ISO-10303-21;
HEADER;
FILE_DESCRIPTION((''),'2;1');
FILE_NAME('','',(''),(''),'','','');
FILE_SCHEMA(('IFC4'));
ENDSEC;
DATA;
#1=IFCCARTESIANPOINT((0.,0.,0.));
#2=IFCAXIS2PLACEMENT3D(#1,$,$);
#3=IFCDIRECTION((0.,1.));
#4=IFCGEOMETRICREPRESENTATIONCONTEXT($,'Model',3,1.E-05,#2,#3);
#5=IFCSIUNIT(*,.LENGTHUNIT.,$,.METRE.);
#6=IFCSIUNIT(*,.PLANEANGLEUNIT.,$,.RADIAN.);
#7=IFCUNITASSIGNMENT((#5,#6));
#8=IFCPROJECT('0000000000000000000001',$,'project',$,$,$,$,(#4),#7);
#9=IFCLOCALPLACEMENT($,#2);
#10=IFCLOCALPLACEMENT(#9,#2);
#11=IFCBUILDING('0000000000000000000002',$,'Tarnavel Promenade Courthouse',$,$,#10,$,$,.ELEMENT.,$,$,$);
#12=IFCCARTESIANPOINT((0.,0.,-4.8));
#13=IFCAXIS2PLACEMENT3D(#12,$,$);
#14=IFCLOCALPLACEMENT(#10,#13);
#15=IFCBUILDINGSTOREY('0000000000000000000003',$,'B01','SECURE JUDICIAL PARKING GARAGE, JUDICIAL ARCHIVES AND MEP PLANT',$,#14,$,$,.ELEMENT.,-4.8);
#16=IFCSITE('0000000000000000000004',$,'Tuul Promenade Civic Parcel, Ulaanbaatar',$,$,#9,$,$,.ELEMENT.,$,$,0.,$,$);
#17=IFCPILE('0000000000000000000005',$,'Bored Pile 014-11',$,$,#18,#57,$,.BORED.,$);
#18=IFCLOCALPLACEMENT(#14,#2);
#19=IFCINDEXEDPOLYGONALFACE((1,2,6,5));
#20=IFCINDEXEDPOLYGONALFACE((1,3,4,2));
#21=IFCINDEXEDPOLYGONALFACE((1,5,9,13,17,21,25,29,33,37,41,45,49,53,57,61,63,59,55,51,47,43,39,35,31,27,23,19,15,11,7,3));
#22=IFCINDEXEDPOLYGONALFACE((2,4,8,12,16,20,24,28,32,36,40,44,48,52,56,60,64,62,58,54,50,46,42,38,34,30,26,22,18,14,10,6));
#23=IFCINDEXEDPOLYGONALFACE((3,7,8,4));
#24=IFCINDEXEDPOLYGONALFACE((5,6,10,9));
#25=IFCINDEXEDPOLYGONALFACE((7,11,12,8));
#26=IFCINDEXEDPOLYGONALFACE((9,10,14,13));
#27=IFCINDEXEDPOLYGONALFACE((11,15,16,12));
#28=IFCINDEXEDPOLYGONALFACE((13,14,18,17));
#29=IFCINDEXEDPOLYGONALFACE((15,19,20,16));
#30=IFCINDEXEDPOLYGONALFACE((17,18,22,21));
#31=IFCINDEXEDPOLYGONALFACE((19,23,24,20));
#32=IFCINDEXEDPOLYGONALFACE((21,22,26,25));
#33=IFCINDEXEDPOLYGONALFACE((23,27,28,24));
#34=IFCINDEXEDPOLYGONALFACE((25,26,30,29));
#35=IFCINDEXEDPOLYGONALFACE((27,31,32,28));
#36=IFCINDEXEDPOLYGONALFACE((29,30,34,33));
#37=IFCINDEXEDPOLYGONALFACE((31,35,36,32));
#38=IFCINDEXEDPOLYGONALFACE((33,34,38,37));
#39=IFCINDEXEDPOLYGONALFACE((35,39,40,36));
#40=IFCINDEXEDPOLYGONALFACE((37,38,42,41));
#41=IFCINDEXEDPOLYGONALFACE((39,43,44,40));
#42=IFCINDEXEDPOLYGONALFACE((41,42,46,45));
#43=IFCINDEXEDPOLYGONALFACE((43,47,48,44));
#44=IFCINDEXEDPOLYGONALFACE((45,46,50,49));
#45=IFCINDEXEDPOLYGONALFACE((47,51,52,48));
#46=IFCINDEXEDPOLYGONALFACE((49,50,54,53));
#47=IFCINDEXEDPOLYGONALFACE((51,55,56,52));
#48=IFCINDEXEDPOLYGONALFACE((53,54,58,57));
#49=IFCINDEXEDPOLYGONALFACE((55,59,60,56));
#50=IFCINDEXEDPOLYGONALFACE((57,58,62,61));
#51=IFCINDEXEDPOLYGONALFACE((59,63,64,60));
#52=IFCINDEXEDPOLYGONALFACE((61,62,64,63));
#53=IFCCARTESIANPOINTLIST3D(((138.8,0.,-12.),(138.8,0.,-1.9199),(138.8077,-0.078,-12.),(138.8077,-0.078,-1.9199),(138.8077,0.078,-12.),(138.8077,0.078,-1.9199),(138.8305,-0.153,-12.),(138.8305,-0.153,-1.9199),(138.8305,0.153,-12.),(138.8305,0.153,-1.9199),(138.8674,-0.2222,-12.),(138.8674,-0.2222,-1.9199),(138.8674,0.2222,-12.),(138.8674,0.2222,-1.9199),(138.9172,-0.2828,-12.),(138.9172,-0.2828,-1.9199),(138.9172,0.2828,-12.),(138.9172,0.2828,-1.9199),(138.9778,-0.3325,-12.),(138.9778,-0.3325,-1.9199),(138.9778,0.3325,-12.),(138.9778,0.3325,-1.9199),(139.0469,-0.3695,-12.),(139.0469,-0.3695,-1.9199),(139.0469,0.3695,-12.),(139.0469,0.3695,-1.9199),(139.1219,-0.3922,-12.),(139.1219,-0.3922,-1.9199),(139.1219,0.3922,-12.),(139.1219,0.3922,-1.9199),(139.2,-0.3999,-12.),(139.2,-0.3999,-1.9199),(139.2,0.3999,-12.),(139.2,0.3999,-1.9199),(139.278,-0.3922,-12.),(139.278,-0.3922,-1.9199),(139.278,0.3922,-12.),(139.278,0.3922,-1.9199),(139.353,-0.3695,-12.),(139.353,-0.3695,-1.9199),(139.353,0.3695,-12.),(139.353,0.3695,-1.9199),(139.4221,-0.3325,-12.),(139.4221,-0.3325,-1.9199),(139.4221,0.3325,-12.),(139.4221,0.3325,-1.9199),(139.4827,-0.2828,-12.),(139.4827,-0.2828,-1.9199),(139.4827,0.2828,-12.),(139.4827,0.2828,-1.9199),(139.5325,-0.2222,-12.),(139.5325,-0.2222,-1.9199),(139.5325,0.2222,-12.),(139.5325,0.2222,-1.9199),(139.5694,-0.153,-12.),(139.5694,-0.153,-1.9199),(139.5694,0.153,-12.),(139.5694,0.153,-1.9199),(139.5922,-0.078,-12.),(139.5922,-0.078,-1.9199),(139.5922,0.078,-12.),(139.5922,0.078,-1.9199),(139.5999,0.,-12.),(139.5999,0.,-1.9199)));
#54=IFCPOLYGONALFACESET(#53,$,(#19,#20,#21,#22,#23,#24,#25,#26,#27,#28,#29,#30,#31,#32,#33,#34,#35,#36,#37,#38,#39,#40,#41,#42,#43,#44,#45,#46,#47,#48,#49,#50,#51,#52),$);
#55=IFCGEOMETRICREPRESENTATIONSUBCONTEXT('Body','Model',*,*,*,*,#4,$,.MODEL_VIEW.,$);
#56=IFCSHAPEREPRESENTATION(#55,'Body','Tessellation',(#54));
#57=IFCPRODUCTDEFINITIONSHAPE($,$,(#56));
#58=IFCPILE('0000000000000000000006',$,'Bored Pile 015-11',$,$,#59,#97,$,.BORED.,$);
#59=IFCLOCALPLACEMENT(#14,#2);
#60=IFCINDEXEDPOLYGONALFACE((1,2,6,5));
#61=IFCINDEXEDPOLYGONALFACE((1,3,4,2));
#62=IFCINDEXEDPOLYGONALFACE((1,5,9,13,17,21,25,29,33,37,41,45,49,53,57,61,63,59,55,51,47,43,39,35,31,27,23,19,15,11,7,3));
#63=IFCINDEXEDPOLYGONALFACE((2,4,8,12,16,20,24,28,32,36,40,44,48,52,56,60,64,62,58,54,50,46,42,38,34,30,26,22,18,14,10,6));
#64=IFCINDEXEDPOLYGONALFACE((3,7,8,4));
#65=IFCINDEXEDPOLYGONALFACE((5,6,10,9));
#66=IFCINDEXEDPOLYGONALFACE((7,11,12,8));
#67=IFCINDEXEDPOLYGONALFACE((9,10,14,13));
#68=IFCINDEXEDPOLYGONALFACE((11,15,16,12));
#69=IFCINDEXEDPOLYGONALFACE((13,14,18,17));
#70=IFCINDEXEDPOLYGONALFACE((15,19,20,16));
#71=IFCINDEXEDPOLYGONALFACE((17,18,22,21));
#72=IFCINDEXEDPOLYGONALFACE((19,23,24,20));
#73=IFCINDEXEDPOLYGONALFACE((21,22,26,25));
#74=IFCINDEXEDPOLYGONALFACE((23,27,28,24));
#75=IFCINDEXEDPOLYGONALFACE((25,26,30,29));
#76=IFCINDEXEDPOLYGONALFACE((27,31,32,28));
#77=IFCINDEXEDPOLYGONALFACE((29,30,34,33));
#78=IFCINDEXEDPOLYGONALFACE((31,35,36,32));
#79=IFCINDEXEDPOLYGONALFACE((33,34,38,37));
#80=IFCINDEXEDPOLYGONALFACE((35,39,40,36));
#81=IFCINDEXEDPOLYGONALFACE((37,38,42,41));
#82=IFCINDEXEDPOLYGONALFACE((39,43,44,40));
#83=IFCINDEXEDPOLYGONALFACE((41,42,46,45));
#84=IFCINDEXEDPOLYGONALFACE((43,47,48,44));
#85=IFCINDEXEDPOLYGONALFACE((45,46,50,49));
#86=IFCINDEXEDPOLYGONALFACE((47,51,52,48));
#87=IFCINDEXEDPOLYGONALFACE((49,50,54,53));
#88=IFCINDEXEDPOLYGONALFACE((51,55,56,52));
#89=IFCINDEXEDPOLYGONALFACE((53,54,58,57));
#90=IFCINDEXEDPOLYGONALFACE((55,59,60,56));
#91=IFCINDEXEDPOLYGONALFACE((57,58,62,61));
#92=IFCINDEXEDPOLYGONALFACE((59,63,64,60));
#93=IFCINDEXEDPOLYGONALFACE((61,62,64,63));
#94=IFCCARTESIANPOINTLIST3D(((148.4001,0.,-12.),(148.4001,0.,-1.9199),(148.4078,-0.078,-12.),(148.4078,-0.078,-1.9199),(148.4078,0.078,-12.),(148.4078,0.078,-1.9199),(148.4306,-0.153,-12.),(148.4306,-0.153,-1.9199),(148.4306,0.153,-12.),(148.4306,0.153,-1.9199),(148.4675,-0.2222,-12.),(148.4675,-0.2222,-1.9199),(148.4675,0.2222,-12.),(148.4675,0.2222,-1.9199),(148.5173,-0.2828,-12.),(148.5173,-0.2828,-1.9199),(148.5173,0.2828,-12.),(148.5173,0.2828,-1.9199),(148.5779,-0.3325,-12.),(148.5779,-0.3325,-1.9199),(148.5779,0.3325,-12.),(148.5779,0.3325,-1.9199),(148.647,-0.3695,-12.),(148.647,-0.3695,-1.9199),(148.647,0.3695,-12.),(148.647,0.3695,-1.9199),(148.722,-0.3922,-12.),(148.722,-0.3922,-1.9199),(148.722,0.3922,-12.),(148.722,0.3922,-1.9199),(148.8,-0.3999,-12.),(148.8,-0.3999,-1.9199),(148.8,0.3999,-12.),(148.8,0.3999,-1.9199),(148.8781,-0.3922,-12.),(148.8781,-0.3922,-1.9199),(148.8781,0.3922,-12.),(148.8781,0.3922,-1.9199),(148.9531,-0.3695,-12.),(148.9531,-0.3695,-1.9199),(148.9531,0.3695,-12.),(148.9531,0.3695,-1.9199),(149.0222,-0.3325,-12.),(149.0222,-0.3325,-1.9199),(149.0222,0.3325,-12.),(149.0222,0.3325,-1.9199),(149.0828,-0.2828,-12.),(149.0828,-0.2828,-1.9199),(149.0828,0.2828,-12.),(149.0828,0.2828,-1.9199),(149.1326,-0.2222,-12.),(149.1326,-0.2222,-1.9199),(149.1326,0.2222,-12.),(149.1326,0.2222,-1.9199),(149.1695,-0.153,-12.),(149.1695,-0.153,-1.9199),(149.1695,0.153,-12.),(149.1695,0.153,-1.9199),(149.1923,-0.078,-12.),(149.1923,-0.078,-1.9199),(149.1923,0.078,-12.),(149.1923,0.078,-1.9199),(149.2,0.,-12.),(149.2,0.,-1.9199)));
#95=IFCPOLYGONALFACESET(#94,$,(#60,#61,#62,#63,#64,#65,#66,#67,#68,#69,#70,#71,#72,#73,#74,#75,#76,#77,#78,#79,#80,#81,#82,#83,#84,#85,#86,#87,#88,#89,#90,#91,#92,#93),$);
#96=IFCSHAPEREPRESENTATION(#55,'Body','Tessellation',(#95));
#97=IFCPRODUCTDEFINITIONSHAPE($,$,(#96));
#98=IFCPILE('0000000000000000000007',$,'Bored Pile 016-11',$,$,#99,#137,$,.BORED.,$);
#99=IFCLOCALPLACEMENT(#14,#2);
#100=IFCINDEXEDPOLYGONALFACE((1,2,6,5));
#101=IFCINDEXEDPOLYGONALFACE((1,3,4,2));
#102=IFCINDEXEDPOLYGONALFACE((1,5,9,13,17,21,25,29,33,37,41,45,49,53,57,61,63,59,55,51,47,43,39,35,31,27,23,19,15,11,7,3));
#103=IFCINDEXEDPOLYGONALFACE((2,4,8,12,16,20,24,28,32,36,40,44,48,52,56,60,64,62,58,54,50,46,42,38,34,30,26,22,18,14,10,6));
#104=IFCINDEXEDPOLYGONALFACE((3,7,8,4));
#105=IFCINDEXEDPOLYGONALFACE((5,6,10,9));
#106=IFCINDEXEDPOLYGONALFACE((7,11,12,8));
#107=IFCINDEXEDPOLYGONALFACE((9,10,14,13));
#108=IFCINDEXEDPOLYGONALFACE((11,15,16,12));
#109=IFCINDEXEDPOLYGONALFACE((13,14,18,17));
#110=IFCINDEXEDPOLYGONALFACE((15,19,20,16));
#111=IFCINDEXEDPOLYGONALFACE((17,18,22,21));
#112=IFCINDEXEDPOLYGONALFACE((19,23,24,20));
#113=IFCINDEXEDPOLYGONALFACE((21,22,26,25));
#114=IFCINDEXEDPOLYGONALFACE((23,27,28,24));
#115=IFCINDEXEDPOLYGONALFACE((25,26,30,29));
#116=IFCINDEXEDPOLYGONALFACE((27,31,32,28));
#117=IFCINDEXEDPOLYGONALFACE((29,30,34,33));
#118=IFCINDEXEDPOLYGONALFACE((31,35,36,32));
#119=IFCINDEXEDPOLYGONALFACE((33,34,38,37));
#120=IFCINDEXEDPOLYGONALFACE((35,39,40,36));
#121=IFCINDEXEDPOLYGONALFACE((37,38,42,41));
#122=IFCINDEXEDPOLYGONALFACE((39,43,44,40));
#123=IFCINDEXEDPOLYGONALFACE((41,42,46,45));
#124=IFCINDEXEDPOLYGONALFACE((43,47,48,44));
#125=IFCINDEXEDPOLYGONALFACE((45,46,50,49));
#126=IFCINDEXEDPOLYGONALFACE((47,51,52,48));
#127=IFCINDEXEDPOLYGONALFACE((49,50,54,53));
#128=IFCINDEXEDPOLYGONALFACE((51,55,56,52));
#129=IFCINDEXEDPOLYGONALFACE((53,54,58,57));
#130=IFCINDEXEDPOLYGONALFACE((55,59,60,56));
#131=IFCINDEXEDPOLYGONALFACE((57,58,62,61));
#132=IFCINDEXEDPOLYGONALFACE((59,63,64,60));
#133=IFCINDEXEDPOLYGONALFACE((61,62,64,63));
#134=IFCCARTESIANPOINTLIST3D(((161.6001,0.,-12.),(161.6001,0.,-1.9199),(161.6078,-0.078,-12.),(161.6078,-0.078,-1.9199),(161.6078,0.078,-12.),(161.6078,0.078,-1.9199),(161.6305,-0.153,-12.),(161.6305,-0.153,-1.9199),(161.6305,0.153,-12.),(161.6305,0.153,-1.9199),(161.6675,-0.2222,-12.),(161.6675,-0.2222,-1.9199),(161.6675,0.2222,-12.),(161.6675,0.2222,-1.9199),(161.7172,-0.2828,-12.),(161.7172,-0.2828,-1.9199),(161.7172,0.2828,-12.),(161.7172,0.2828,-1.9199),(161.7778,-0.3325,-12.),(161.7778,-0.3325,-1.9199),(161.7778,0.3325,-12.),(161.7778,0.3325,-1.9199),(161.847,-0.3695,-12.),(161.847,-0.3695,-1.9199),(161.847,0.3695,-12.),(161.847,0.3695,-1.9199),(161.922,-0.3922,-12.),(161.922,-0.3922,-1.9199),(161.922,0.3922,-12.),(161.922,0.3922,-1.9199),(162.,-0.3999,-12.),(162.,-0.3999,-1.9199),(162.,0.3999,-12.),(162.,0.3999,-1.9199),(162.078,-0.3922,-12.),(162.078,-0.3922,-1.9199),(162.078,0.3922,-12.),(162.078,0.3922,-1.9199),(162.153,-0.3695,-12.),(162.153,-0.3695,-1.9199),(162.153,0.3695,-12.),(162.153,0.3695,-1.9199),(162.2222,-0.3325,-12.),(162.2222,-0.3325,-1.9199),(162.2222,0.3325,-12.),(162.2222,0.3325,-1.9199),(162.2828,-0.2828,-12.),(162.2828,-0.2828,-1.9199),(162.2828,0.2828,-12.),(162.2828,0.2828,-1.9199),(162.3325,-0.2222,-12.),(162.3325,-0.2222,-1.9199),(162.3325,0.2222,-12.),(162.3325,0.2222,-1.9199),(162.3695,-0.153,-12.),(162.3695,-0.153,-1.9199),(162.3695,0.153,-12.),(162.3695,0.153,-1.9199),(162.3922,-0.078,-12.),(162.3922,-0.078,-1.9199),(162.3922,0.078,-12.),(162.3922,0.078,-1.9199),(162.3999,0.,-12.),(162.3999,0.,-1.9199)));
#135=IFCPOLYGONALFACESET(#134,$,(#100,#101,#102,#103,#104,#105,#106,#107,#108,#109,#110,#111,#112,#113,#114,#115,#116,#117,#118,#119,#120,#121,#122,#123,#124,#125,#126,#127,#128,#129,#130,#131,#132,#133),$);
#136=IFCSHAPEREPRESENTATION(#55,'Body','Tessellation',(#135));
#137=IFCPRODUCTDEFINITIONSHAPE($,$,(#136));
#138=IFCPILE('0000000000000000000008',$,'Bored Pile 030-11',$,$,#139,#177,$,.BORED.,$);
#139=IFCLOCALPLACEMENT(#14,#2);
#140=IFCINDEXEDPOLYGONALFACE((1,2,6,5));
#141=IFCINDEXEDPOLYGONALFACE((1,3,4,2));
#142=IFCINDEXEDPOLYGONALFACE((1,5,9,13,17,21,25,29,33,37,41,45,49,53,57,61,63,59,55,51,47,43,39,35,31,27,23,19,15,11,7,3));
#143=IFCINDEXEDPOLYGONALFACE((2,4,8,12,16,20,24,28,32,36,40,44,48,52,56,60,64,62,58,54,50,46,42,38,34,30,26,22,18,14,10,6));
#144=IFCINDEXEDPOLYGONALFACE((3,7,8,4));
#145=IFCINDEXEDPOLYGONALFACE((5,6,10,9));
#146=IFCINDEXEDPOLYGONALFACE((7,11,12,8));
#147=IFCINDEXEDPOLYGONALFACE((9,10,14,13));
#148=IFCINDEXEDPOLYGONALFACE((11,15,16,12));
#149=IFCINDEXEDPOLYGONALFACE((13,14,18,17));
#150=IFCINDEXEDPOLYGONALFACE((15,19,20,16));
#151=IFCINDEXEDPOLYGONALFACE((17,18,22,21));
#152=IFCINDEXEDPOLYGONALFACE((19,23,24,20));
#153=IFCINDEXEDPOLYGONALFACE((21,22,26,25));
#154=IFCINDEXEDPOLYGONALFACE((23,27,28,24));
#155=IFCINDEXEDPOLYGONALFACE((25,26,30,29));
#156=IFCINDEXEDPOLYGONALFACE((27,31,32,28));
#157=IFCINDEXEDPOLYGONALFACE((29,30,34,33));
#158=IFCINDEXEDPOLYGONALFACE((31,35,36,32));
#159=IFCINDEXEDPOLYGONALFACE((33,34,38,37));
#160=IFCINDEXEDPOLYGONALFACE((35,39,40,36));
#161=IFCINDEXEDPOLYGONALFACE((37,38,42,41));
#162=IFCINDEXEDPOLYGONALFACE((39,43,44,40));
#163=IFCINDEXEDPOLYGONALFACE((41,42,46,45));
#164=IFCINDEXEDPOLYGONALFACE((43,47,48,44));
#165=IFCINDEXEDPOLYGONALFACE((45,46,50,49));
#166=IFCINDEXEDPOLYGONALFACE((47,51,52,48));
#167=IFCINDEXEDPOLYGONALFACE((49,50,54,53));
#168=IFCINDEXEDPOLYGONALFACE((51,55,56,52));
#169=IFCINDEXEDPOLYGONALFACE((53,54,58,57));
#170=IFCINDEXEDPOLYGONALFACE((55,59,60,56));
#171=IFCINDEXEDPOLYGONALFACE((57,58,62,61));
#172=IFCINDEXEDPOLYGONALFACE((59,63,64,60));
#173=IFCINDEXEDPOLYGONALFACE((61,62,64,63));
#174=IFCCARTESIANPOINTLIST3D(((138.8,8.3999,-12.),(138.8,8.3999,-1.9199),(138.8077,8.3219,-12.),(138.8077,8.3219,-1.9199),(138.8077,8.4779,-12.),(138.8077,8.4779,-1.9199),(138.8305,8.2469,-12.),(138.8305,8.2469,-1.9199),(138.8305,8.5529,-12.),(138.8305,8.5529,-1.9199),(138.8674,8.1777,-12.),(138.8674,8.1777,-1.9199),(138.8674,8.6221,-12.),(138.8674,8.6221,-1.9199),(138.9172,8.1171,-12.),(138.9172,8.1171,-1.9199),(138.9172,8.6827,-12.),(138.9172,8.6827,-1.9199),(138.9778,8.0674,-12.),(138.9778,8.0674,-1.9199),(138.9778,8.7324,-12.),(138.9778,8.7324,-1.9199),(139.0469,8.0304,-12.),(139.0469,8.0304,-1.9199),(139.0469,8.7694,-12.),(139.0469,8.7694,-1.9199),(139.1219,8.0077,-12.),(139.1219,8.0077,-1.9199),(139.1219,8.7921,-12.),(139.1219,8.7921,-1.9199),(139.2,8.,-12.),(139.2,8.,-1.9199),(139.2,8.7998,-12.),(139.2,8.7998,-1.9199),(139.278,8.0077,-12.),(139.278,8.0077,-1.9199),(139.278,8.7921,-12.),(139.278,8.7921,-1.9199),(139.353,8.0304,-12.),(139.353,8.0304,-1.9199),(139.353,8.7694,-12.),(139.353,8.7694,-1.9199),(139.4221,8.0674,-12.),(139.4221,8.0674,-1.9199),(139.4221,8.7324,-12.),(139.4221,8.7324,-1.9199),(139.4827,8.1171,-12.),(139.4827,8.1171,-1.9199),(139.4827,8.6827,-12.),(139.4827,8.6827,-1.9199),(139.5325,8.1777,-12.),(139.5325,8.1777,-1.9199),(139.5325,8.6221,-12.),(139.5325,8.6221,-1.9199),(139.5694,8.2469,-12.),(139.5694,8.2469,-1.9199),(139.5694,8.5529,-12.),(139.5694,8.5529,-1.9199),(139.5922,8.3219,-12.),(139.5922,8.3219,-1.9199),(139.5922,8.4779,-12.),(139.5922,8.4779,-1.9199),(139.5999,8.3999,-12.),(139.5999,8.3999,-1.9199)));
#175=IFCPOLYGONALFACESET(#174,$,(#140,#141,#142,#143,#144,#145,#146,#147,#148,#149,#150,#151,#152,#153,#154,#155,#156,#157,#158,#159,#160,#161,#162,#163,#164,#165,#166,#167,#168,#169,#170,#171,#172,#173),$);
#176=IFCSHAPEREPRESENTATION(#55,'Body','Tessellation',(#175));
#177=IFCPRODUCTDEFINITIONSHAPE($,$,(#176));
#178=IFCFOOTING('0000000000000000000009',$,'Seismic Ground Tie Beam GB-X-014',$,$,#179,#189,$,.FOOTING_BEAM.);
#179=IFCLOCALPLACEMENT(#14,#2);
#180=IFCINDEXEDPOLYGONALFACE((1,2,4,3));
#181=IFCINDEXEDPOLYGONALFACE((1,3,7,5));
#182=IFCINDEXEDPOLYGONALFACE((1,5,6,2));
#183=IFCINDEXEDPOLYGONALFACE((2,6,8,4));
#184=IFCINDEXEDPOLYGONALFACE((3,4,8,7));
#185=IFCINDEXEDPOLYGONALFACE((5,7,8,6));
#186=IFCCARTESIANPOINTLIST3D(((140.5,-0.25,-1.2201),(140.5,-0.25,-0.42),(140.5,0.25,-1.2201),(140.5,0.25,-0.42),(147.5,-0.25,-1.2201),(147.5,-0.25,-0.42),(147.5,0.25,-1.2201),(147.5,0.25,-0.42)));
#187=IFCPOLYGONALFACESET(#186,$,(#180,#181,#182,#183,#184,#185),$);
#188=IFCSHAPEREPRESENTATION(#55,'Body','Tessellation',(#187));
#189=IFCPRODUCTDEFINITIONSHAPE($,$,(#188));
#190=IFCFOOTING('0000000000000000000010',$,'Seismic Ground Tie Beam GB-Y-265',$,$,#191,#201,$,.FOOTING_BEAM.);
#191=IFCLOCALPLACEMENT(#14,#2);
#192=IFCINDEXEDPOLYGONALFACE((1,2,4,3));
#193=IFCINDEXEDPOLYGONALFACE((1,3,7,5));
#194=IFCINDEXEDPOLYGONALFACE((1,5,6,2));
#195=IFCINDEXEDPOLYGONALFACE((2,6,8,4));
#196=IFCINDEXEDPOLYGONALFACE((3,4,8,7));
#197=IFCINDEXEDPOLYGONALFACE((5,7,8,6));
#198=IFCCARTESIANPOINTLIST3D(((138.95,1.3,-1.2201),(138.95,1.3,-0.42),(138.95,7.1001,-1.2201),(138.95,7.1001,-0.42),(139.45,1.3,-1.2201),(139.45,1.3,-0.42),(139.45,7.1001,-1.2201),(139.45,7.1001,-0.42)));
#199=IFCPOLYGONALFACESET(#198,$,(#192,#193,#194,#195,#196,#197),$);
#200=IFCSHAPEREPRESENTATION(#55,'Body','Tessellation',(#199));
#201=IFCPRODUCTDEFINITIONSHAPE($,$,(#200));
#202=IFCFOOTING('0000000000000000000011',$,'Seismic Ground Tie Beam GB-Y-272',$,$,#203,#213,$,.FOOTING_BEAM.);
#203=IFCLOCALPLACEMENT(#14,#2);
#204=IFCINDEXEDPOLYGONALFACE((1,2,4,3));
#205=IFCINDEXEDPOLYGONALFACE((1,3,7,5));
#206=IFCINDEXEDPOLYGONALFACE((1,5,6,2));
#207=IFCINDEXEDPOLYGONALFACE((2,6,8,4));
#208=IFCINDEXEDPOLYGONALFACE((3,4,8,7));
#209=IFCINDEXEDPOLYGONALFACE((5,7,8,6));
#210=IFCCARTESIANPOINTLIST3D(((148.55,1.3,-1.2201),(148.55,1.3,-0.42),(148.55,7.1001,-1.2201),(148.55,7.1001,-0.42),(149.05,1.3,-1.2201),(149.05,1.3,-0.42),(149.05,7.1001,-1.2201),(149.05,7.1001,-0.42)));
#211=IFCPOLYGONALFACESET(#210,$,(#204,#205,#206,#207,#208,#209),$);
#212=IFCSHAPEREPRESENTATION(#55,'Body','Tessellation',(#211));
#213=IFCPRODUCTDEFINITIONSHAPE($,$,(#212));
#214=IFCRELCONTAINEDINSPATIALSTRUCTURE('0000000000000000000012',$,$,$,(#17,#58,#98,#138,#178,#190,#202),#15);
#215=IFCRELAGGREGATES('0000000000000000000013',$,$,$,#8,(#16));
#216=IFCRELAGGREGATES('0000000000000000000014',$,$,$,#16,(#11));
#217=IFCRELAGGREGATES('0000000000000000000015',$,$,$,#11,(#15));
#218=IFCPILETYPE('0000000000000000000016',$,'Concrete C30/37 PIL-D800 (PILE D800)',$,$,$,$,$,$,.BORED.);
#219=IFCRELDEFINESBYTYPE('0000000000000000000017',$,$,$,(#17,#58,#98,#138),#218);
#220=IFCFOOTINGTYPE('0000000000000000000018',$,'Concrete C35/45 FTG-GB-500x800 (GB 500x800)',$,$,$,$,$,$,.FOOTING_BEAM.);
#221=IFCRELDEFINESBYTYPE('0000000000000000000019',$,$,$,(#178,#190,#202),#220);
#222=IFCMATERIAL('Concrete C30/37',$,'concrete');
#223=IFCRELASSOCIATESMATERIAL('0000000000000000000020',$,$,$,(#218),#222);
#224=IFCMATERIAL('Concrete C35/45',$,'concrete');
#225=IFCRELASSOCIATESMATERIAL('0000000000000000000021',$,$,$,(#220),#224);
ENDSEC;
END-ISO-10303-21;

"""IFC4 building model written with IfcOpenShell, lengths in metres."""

from ifc_helpers import new_model, si_unit, direction, frame, origin, origin_2d, place, context, subcontext, project, spatial, rectangle, circle, extrude, material, material_profile, profile_set, type_object, element, save


model = new_model("IFC4")

# Units and contexts
model_context = context("Model", 3, precision=1e-05, world=origin(), true_north=direction((0.0, 1.0)))
body_context = subcontext(model_context, "Body", "Model", "MODEL_VIEW")
ifc_project = project(units=[si_unit("LENGTHUNIT", "METRE"), si_unit("PLANEANGLEUNIT", "RADIAN")], contexts=[model_context])

# Site, building, storey
site_placement = place(None, origin())
site = spatial("IfcSite", under=ifc_project, at=site_placement, Name="Tuul Promenade Civic Parcel, Ulaanbaatar", CompositionType="ELEMENT", RefElevation=0.0)
building_placement = place(site_placement, origin())
building = spatial("IfcBuilding", under=site, at=building_placement, Name="Tarnavel Promenade Courthouse", CompositionType="ELEMENT")
storey_placement = place(building_placement, frame((0.0, 0.0, -4.8)))
storey = spatial("IfcBuildingStorey", under=building, at=storey_placement, Name="B01", Description="SECURE JUDICIAL PARKING GARAGE, JUDICIAL ARCHIVES AND MEP PLANT", CompositionType="ELEMENT", Elevation=-4.8)

# Piles
ifc_material_1 = material(Name="Concrete C30/37", Category="concrete")
ifc_material_profile_1 = material_profile(ifc_material_1, circle(Radius=0.3999, at=origin_2d()), Name="PILE D800")
ifc_profile_set_1 = profile_set([ifc_material_profile_1], Name="Concrete C30/37")
pile_type = type_object("IfcPileType", Name="Concrete C30/37 PIL-D800 (PILE D800)", PredefinedType="BORED", material=ifc_profile_set_1)
for number, where, z_axis, x_axis, name in (
    (1, (139.2, 0.0, -1.9199), (0.0, 0.0, -1.0), (1.0, 0.0, 0.0), "Bored Pile 014-11"),
    (2, (148.8, 0.0, -1.9199), (0.0, 0.0, -1.0), (1.0, 0.0, 0.0), "Bored Pile 015-11"),
    (3, (162.0, 0.0, -1.9199), (0.0, 0.0, -1.0), (1.0, 0.0, 0.0), "Bored Pile 016-11"),
    (4, (139.2, 8.3999, -1.9199), (0.0, 0.0, -1.0), (1.0, 0.0, 0.0), "Bored Pile 030-11"),
):
    element("IfcPile", number, at=place(storey_placement, frame(where, z_axis=z_axis, x_axis=x_axis)), inside=storey, type_object=pile_type, Name=name, PredefinedType="BORED", context=body_context, shape_type="SweptSolid", body=[
        extrude(circle(Radius=0.3999, at=origin_2d()), origin(), (0.0, 0.0, 1.0), 10.0801),
    ])

# Footings
ifc_material_2 = material(Name="Concrete C35/45", Category="concrete")
ifc_material_profile_2 = material_profile(ifc_material_2, rectangle(XDim=0.5, YDim=0.8, at=origin_2d()), Name="GB 500x800")
ifc_profile_set_2 = profile_set([ifc_material_profile_2], Name="Concrete C35/45")
footing_type_1 = type_object("IfcFootingType", Name="Concrete C35/45 FTG-GB-500x800 (GB 500x800)", PredefinedType="FOOTING_BEAM", material=ifc_profile_set_2)
footing_1_placement = place(storey_placement, frame((140.5, 0.0, -0.8201), z_axis=(1.0, 0.0, 0.0), x_axis=(0.0, 1.0, 0.0)))
element("IfcFooting", 5, at=footing_1_placement, inside=storey, type_object=footing_type_1, Name="Seismic Ground Tie Beam GB-X-014", PredefinedType="FOOTING_BEAM", context=body_context, shape_type="SweptSolid", body=[
    extrude(rectangle(XDim=0.5, YDim=0.8, at=origin_2d()), origin(), (0.0, 0.0, 1.0), 7.0),
])
for number, where, z_axis, x_axis, name in (
    (6, (139.2, 1.3, -0.8201), (0.0, 1.0, 0.0), (-1.0, 0.0, 0.0), "Seismic Ground Tie Beam GB-Y-265"),
    (7, (148.8, 1.3, -0.8201), (0.0, 1.0, 0.0), (-1.0, 0.0, 0.0), "Seismic Ground Tie Beam GB-Y-272"),
):
    element("IfcFooting", number, at=place(storey_placement, frame(where, z_axis=z_axis, x_axis=x_axis)), inside=storey, type_object=footing_type_1, Name=name, PredefinedType="FOOTING_BEAM", context=body_context, shape_type="SweptSolid", body=[
        extrude(rectangle(XDim=0.5, YDim=0.8, at=origin_2d()), origin(), (0.0, 0.0, 1.0), 5.8),
    ])

save(model, "model.ifc")
